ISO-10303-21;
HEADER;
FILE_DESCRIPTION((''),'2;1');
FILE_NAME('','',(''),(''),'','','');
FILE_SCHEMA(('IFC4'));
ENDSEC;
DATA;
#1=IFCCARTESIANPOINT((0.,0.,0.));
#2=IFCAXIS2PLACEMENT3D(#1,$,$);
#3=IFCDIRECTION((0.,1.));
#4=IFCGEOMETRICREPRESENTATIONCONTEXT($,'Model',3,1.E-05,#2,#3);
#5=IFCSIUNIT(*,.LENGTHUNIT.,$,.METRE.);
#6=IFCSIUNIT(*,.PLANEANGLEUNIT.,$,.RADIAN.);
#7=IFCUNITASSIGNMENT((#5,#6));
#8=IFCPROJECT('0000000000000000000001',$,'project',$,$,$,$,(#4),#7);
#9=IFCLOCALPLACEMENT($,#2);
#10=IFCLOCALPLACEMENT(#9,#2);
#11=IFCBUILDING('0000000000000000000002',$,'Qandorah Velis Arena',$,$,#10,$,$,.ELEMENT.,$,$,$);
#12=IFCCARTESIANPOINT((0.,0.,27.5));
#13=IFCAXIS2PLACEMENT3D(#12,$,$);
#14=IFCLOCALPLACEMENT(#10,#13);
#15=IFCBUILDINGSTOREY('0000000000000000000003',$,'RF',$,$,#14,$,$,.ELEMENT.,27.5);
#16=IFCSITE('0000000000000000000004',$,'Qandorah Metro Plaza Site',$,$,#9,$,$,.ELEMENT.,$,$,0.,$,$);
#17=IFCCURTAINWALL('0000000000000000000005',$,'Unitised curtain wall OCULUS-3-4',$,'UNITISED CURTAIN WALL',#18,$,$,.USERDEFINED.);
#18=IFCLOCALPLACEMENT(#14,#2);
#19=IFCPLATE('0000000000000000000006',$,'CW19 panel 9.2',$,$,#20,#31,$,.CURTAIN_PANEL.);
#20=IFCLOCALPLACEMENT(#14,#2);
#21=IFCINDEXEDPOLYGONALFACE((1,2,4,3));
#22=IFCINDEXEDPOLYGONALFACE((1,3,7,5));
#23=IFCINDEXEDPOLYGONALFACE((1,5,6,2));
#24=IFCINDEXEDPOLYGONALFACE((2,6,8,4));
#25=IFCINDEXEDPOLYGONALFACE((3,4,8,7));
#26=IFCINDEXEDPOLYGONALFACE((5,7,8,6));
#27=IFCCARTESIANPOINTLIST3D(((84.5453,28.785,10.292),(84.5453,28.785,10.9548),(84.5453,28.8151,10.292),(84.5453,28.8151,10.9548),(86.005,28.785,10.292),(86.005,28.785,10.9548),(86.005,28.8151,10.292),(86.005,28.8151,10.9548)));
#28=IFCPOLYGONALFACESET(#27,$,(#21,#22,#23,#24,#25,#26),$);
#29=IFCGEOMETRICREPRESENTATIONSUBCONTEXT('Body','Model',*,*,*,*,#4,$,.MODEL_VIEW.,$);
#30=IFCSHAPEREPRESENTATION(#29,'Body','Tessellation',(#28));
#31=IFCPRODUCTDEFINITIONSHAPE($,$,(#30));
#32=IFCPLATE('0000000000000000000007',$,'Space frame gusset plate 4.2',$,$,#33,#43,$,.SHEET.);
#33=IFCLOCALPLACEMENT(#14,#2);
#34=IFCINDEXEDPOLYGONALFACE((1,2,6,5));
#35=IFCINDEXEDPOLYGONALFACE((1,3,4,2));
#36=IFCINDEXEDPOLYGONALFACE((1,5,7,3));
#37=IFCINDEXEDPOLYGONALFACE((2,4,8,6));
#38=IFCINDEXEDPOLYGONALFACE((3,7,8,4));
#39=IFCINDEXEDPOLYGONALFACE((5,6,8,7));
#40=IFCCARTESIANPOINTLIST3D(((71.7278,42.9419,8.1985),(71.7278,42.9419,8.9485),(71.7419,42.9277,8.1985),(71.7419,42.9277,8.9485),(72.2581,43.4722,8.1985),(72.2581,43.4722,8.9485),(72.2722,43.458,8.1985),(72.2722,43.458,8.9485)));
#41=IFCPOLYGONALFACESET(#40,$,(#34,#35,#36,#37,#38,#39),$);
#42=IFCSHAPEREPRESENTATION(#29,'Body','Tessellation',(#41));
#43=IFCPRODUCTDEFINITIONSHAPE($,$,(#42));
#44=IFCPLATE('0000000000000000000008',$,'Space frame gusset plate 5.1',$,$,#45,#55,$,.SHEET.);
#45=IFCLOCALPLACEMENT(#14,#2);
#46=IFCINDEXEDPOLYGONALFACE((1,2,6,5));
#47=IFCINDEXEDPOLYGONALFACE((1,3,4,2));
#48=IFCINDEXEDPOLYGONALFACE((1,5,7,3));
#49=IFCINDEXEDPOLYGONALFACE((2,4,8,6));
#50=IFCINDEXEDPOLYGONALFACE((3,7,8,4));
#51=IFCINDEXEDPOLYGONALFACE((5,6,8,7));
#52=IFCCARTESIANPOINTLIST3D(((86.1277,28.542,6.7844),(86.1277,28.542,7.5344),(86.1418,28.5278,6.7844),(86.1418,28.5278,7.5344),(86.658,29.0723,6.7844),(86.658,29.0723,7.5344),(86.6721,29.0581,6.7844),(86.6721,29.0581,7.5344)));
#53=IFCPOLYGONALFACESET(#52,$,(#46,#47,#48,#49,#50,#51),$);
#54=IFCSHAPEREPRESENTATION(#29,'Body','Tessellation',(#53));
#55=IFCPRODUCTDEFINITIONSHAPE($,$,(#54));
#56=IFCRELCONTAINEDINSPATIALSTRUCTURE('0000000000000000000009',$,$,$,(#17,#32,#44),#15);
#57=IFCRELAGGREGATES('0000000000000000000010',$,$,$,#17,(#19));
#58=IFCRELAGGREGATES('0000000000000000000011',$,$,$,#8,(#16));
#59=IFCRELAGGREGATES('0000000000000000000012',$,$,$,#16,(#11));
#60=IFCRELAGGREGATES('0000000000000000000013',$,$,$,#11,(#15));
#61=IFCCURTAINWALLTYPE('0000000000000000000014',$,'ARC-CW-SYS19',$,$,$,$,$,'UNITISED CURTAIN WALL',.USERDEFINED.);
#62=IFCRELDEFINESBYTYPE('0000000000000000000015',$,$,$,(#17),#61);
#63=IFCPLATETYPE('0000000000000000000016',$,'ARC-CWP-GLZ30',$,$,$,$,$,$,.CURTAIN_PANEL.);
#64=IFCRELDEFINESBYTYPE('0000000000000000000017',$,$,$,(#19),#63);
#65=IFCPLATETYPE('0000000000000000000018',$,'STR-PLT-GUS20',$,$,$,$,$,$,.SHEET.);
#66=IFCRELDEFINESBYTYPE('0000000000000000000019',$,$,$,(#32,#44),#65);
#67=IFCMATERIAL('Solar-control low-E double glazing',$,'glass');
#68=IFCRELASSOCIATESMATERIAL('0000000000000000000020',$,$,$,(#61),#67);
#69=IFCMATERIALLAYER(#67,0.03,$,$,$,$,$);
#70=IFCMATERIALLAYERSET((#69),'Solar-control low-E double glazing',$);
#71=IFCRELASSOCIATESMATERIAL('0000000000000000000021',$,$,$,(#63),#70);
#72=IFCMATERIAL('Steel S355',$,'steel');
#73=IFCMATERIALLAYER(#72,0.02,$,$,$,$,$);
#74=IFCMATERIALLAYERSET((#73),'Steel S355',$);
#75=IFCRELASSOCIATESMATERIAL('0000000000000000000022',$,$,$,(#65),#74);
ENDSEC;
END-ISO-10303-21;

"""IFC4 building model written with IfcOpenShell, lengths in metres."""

from ifc_helpers import new_model, si_unit, direction, frame, origin, origin_2d, place, context, subcontext, project, spatial, rectangle, extrude, material, layer, layer_set, type_object, element, aggregate, save


model = new_model("IFC4")

# Units and contexts
model_context = context("Model", 3, precision=1e-05, world=origin(), true_north=direction((0.0, 1.0)))
body_context = subcontext(model_context, "Body", "Model", "MODEL_VIEW")
ifc_project = project(units=[si_unit("LENGTHUNIT", "METRE"), si_unit("PLANEANGLEUNIT", "RADIAN")], contexts=[model_context])

# Site, building, storey
site_placement = place(None, origin())
site = spatial("IfcSite", under=ifc_project, at=site_placement, Name="Qandorah Metro Plaza Site", CompositionType="ELEMENT", RefElevation=0.0)
building_placement = place(site_placement, origin())
building = spatial("IfcBuilding", under=site, at=building_placement, Name="Qandorah Velis Arena", CompositionType="ELEMENT")
storey_placement = place(building_placement, frame((0.0, 0.0, 27.5)))
storey = spatial("IfcBuildingStorey", under=building, at=storey_placement, Name="RF", CompositionType="ELEMENT", Elevation=27.5)

# Curtain wall
ifc_material_1 = material(Name="Solar-control low-E double glazing", Category="glass")
curtain_wall_type = type_object("IfcCurtainWallType", Name="ARC-CW-SYS19", ElementType="UNITISED CURTAIN WALL", PredefinedType="USERDEFINED", material=ifc_material_1)
curtain_wall_placement = place(storey_placement, origin())
curtain_wall = element("IfcCurtainWall", 1, at=curtain_wall_placement, inside=storey, type_object=curtain_wall_type, Name="Unitised curtain wall OCULUS-3-4", ObjectType="UNITISED CURTAIN WALL", PredefinedType="USERDEFINED")

# Shared definitions
ifc_material_2 = material(Name="Steel S355", Category="steel")

# Plate
ifc_layer_1 = layer(ifc_material_1, 0.03)
ifc_layer_set_1 = layer_set([ifc_layer_1], Name="Solar-control low-E double glazing")
plate_type_1 = type_object("IfcPlateType", Name="ARC-CWP-GLZ30", PredefinedType="CURTAIN_PANEL", material=ifc_layer_set_1)
plate_1_placement = place(storey_placement, frame((85.2751, 28.8, 10.292), z_axis=(0.0, 0.0, 1.0), x_axis=(1.0, 0.0, 0.0)))
plate_1 = element("IfcPlate", 2, at=plate_1_placement, type_object=plate_type_1, Name="CW19 panel 9.2", PredefinedType="CURTAIN_PANEL", context=body_context, shape_type="SweptSolid", body=[
    extrude(rectangle(XDim=1.4597, YDim=0.03, at=origin_2d()), origin(), (0.0, 0.0, 1.0), 0.6628),
])
aggregate(curtain_wall, [plate_1])

# Plates
ifc_layer_2 = layer(ifc_material_2, 0.02)
ifc_layer_set_2 = layer_set([ifc_layer_2], Name="Steel S355")
plate_type_2 = type_object("IfcPlateType", Name="STR-PLT-GUS20", PredefinedType="SHEET", material=ifc_layer_set_2)
for number, where, z_axis, x_axis, name in (
    (3, (72.0, 43.2, 8.1985), (0.0, 0.0, 1.0), (0.707107, 0.707107, 0.0), "Space frame gusset plate 4.2"),
    (4, (86.3999, 28.8, 6.7844), (0.0, 0.0, 1.0), (0.707107, 0.707107, 0.0), "Space frame gusset plate 5.1"),
):
    element("IfcPlate", number, at=place(storey_placement, frame(where, z_axis=z_axis, x_axis=x_axis)), inside=storey, type_object=plate_type_2, Name=name, PredefinedType="SHEET", context=body_context, shape_type="SweptSolid", body=[
        extrude(rectangle(XDim=0.75, YDim=0.02, at=origin_2d()), origin(), (0.0, 0.0, 1.0), 0.75),
    ])

save(model, "model.ifc")
